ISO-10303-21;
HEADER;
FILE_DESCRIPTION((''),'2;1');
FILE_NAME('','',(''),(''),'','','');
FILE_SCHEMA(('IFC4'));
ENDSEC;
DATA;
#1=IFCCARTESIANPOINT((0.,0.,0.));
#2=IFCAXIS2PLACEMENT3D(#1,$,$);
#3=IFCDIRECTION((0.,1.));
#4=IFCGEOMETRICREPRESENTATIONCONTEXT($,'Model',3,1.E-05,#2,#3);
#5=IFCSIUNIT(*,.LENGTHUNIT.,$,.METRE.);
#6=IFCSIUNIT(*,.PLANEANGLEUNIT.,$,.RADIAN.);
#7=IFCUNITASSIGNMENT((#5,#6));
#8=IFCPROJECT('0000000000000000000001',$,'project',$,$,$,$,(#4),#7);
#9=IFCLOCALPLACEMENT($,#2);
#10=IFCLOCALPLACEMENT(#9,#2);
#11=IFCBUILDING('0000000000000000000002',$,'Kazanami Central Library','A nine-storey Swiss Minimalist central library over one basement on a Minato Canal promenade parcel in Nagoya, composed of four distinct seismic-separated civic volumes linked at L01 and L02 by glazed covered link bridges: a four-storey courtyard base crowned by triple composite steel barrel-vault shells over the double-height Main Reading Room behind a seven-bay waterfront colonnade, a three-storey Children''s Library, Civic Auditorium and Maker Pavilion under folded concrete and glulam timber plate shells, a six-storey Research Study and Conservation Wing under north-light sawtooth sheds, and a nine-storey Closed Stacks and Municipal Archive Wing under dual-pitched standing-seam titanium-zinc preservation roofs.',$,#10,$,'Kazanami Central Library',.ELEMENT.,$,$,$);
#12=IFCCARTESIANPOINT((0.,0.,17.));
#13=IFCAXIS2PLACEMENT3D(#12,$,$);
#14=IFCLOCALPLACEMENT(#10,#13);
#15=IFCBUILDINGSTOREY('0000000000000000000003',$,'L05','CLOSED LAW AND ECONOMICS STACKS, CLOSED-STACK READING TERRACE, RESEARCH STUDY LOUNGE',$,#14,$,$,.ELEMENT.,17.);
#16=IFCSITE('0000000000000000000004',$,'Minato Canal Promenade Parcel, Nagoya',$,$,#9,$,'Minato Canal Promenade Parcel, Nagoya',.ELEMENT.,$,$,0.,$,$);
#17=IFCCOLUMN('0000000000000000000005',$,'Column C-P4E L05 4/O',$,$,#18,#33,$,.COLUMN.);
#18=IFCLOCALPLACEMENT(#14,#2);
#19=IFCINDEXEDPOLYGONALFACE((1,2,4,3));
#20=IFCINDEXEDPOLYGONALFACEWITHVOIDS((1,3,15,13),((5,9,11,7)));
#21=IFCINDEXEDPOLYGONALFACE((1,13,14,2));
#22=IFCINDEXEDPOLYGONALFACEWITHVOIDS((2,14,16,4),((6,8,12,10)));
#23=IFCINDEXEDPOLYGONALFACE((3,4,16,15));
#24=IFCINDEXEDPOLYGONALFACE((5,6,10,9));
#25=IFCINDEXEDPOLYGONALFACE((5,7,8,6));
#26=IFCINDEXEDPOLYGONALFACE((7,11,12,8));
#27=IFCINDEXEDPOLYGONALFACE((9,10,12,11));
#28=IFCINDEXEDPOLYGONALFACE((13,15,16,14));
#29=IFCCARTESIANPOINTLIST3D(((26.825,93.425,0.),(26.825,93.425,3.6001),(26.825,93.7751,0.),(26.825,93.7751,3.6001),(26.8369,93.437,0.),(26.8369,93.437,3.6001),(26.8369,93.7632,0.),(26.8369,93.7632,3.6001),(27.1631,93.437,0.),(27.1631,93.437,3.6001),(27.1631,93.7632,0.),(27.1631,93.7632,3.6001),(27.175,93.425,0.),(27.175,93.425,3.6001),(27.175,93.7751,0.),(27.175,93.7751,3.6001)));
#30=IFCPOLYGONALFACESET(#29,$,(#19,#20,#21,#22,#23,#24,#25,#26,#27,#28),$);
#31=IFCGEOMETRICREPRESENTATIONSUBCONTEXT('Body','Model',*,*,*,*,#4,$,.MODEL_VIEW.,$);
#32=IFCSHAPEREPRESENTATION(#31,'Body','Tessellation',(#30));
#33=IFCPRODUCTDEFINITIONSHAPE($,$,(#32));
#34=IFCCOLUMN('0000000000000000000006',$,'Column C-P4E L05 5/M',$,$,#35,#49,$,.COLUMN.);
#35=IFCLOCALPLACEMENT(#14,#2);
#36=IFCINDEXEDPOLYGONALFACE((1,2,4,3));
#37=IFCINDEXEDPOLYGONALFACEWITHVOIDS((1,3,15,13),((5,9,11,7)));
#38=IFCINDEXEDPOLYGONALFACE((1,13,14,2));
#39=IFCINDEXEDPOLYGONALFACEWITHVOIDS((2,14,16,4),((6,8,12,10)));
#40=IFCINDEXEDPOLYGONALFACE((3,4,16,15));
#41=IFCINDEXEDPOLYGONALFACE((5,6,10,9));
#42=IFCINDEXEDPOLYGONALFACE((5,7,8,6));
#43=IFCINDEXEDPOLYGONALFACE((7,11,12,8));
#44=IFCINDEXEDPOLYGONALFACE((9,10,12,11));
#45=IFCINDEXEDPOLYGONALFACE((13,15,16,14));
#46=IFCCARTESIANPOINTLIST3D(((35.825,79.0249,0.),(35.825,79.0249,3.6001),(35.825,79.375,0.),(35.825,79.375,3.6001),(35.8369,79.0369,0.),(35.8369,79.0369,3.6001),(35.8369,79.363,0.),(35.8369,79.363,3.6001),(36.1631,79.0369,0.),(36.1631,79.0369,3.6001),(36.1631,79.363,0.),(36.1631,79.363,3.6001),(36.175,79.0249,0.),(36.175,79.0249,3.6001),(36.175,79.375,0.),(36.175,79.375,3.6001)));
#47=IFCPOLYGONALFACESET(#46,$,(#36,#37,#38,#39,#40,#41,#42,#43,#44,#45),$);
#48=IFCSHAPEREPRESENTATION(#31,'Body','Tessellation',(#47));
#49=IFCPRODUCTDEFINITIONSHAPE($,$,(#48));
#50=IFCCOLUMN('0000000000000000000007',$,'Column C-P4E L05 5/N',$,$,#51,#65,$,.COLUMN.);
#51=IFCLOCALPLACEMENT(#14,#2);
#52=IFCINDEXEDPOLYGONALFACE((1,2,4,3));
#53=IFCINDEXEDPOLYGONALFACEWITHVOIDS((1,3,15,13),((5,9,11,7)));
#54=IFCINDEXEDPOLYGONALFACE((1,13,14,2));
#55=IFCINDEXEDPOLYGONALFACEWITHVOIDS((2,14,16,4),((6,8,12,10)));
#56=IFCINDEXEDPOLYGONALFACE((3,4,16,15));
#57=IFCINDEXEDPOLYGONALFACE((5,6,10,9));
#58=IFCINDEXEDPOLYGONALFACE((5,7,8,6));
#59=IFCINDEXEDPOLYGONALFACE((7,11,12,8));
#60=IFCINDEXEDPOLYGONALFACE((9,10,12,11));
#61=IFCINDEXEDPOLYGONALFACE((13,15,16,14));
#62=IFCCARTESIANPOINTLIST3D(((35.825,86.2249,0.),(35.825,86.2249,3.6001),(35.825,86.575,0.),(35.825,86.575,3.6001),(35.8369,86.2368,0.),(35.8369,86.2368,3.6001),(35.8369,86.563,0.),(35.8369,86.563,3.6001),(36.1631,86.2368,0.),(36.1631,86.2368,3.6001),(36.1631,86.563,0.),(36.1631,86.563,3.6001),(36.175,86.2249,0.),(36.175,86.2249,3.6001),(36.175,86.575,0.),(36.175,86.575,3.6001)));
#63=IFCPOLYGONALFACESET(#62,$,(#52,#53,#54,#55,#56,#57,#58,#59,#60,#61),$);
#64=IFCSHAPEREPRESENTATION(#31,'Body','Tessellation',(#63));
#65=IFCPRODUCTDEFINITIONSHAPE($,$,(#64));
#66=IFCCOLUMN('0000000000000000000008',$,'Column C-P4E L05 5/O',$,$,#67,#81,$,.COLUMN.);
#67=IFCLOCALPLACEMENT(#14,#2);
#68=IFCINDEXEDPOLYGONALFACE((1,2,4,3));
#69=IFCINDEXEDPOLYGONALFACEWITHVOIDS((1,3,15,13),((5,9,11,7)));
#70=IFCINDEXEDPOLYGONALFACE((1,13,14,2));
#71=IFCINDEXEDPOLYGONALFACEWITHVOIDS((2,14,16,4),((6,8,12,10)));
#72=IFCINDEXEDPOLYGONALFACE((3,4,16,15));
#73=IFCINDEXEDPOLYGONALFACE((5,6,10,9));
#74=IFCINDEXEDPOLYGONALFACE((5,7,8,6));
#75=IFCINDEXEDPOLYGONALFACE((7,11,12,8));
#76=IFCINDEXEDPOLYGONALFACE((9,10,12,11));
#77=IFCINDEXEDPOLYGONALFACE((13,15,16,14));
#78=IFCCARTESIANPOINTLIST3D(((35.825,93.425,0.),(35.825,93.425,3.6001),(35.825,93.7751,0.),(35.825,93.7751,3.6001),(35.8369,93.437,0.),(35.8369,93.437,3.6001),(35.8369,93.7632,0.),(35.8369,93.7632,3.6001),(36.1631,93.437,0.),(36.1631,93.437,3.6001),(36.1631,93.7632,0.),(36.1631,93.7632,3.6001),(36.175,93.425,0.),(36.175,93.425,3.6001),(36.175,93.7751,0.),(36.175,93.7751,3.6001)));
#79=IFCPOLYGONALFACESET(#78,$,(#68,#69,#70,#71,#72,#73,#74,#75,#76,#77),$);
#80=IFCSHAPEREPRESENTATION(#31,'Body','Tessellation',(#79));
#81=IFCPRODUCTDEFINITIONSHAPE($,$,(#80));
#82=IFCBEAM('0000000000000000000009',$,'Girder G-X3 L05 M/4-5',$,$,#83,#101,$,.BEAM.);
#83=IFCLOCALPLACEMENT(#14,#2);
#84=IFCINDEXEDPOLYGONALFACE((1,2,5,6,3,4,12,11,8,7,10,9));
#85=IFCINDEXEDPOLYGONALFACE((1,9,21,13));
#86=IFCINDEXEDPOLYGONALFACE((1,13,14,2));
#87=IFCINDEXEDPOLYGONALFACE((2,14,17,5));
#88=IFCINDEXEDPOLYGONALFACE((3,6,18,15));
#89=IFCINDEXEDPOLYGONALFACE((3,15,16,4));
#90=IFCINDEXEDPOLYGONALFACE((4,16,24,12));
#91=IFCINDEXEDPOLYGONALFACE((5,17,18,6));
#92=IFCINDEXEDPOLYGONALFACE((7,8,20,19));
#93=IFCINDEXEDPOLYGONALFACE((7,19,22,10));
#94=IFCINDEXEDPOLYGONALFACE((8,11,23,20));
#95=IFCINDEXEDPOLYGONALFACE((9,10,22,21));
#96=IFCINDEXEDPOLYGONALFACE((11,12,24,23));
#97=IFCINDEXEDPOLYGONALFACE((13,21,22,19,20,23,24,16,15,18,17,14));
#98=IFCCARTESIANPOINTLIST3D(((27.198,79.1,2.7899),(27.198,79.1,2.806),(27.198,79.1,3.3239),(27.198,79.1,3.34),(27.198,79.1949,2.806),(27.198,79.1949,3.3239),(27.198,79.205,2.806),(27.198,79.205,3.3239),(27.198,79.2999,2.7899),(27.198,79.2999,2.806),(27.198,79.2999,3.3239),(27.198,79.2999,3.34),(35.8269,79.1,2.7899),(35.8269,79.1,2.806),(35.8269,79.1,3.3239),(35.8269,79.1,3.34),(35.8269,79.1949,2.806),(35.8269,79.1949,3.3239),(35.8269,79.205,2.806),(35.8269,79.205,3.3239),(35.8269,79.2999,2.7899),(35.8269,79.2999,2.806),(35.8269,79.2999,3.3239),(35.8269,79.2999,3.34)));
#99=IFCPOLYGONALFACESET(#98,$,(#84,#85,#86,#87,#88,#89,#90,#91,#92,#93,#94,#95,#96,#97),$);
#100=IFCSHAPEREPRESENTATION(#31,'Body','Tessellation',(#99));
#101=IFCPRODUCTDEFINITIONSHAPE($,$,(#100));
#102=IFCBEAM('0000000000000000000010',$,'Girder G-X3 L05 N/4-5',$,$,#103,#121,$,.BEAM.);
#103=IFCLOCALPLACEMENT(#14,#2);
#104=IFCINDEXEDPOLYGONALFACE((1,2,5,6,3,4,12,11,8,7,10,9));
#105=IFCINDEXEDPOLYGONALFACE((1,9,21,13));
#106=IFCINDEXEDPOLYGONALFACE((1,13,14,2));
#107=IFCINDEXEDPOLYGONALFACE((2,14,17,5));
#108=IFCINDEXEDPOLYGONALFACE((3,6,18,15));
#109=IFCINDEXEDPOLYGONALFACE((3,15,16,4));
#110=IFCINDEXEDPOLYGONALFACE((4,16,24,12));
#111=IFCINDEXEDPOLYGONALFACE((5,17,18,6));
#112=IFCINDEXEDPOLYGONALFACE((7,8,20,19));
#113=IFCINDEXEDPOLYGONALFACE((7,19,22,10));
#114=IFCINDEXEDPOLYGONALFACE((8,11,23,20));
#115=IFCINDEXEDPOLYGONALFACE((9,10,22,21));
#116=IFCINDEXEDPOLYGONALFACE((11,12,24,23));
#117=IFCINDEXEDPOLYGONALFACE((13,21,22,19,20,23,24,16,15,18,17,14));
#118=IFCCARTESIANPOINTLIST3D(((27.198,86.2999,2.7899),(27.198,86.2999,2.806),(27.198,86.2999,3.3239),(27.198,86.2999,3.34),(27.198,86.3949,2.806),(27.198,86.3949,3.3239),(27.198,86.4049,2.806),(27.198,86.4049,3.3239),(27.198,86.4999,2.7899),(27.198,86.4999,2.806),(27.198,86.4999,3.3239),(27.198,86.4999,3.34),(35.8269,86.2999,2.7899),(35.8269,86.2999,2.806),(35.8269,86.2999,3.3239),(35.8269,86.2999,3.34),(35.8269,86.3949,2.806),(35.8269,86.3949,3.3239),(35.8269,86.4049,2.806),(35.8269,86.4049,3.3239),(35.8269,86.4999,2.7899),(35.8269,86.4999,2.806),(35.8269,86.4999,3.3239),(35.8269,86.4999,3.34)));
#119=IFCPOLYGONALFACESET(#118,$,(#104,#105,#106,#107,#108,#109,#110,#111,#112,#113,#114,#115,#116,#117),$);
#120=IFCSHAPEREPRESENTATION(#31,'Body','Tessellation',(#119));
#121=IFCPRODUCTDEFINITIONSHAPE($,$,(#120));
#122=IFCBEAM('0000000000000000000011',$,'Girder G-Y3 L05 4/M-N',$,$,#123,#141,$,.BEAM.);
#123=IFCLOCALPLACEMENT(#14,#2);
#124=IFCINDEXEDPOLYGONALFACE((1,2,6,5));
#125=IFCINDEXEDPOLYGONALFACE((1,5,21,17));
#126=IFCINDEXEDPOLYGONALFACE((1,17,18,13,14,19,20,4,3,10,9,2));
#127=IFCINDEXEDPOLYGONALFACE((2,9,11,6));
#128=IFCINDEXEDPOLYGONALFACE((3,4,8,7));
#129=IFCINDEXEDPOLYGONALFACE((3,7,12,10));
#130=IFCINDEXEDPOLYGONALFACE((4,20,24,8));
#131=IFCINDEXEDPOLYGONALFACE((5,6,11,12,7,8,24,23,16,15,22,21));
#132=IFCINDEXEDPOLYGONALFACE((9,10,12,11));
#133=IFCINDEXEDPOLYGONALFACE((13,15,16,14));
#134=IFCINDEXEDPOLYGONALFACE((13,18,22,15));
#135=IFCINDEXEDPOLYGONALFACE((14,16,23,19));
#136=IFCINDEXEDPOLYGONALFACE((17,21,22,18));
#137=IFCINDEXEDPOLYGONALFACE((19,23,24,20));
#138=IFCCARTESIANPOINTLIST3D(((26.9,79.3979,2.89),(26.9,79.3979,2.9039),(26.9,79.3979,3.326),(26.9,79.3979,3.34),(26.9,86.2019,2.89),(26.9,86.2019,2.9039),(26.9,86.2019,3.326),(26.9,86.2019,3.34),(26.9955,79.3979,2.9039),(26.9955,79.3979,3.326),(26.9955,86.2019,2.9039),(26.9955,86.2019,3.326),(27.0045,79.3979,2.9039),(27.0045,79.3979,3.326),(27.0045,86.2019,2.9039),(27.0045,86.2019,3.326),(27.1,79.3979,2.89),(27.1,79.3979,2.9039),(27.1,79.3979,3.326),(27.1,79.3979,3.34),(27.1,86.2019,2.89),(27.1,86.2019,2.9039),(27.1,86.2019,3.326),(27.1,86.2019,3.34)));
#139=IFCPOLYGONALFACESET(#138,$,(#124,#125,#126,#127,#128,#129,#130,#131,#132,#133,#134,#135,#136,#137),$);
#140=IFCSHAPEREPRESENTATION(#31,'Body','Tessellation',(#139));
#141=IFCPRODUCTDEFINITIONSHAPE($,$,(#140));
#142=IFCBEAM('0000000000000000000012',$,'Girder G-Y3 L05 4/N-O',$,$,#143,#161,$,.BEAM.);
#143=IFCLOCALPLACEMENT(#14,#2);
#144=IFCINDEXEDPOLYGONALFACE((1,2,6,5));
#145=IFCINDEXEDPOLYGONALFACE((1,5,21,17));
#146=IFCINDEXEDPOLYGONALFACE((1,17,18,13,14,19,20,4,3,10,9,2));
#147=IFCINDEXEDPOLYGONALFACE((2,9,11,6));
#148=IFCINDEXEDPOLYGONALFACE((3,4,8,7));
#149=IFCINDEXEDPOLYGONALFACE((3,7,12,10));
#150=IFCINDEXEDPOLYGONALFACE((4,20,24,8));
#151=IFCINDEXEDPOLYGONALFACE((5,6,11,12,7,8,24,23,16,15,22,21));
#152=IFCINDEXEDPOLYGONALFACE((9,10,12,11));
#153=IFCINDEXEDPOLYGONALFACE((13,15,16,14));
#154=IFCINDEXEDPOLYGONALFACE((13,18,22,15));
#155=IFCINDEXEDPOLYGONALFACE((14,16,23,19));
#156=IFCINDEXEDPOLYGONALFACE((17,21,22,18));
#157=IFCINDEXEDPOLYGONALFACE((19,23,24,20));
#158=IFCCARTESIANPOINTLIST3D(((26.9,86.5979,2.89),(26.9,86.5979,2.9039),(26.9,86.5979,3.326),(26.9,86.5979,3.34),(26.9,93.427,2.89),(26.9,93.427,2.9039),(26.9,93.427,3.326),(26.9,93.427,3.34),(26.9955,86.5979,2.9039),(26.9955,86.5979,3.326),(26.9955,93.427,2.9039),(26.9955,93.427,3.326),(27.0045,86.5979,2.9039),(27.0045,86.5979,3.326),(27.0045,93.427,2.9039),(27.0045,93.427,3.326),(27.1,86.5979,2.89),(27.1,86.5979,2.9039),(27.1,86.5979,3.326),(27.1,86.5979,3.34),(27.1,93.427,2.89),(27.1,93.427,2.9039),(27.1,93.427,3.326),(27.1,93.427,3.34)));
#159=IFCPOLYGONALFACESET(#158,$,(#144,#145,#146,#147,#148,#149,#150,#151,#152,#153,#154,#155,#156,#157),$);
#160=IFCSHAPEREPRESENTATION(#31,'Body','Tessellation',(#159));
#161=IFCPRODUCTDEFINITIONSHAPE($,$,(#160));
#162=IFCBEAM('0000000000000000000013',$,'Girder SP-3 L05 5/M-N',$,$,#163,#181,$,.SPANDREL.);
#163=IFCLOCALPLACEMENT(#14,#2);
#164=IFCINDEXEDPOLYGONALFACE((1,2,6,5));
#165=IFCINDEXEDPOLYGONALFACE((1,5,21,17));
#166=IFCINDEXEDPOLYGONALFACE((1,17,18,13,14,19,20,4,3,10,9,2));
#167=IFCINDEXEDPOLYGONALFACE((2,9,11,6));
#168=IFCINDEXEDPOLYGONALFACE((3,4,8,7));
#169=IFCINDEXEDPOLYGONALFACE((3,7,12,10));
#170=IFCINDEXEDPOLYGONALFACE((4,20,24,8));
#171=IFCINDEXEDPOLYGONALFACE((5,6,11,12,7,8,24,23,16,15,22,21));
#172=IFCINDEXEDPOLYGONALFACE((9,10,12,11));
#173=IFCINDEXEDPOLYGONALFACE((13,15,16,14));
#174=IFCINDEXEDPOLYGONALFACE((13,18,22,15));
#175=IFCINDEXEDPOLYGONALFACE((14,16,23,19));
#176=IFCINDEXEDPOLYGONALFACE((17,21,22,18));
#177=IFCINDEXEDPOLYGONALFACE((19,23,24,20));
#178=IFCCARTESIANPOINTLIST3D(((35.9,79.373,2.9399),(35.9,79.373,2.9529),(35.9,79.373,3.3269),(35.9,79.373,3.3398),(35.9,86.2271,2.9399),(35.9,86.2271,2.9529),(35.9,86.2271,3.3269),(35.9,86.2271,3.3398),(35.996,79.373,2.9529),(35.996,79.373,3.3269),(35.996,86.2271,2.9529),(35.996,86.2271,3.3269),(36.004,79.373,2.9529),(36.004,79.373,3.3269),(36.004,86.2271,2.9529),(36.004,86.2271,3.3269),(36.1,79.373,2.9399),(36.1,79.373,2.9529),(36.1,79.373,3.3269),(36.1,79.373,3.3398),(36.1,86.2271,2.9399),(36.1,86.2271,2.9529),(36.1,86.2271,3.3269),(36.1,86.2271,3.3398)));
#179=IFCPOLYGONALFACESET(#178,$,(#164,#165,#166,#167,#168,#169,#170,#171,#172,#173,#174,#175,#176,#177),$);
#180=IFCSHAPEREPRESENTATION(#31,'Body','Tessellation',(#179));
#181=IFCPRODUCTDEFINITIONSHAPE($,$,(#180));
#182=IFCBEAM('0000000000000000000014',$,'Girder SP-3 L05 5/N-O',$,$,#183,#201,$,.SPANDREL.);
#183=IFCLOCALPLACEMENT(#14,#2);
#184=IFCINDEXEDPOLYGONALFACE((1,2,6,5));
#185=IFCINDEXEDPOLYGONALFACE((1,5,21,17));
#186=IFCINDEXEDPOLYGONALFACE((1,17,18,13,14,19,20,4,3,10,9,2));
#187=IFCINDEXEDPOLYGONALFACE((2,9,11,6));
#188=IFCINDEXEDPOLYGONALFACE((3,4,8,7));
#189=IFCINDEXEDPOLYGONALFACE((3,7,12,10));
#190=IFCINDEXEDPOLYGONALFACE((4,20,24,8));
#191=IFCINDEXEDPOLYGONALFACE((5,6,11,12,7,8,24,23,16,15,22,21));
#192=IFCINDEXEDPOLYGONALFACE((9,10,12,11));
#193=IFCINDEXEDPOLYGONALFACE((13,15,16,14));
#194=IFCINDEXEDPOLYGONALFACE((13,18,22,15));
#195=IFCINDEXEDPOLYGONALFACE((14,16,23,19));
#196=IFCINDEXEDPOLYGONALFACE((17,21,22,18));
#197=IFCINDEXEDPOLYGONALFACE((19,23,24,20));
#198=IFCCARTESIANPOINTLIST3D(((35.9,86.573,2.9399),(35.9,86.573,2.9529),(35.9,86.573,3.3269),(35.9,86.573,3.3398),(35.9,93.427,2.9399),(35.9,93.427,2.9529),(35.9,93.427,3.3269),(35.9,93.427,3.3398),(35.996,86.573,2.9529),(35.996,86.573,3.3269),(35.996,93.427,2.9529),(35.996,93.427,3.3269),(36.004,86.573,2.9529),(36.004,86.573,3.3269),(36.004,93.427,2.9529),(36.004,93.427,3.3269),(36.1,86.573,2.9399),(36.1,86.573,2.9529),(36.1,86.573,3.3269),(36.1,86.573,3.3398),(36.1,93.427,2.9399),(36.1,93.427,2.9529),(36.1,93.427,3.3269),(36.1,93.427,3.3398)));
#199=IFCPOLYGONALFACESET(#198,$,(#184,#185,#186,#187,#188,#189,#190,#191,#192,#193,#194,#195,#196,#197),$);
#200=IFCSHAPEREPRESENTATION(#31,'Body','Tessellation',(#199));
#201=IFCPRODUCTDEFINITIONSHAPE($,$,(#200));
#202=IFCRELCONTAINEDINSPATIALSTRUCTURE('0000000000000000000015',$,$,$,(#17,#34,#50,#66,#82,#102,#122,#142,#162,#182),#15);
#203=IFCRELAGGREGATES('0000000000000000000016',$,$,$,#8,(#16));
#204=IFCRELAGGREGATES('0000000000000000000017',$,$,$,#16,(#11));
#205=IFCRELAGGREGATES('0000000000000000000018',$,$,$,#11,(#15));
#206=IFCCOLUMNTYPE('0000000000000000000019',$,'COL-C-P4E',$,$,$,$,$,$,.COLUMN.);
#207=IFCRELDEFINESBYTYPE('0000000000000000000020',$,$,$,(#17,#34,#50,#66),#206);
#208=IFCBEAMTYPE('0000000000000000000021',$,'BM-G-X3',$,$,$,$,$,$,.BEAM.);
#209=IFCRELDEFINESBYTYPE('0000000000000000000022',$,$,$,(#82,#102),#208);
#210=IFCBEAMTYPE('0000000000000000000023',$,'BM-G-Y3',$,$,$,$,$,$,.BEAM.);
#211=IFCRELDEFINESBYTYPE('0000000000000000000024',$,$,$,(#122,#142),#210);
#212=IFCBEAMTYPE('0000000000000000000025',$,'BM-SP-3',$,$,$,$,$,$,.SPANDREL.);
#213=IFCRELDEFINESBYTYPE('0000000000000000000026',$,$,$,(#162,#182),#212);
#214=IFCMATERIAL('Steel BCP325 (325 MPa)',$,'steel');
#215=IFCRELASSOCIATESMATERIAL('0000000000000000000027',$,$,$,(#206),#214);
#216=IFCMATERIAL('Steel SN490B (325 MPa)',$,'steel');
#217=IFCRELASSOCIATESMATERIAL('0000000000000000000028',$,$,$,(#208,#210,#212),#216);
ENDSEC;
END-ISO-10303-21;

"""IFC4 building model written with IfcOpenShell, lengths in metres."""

from ifc_helpers import new_model, si_unit, direction, frame, origin, origin_2d, place, context, subcontext, project, spatial, hollow_rectangle, i_section, extrude, material, material_profile, profile_set, type_object, element, save


model = new_model("IFC4")

# Units and contexts
model_context = context("Model", 3, precision=1e-05, world=origin(), true_north=direction((0.0, 1.0)))
body_context = subcontext(model_context, "Body", "Model", "MODEL_VIEW")
ifc_project = project(units=[si_unit("LENGTHUNIT", "METRE"), si_unit("PLANEANGLEUNIT", "RADIAN")], contexts=[model_context])

# Site, building, storey
site_placement = place(None, origin())
site = spatial("IfcSite", under=ifc_project, at=site_placement, Name="Minato Canal Promenade Parcel, Nagoya", LongName="Minato Canal Promenade Parcel, Nagoya", CompositionType="ELEMENT", RefElevation=0.0)
building_placement = place(site_placement, origin())
building = spatial("IfcBuilding", under=site, at=building_placement, Name="Kazanami Central Library", Description="A nine-storey Swiss Minimalist central library over one basement on a Minato Canal promenade parcel in Nagoya, composed of four distinct seismic-separated civic volumes linked at L01 and L02 by glazed covered link bridges: a four-storey courtyard base crowned by triple composite steel barrel-vault shells over the double-height Main Reading Room behind a seven-bay waterfront colonnade, a three-storey Children's Library, Civic Auditorium and Maker Pavilion under folded concrete and glulam timber plate shells, a six-storey Research Study and Conservation Wing under north-light sawtooth sheds, and a nine-storey Closed Stacks and Municipal Archive Wing under dual-pitched standing-seam titanium-zinc preservation roofs.", LongName="Kazanami Central Library", CompositionType="ELEMENT")
storey_placement = place(building_placement, frame((0.0, 0.0, 17.0)))
storey = spatial("IfcBuildingStorey", under=building, at=storey_placement, Name="L05", Description="CLOSED LAW AND ECONOMICS STACKS, CLOSED-STACK READING TERRACE, RESEARCH STUDY LOUNGE", CompositionType="ELEMENT", Elevation=17.0)

# Columns
ifc_material_1 = material(Name="Steel BCP325 (325 MPa)", Category="steel")
ifc_material_profile_1 = material_profile(ifc_material_1, hollow_rectangle(XDim=0.3501, YDim=0.3501, WallThickness=0.012, at=origin_2d()), Name="STKR-350x350x12")
ifc_profile_set_1 = profile_set([ifc_material_profile_1], Name="Steel BCP325 (325 MPa)")
column_type = type_object("IfcColumnType", Name="COL-C-P4E", PredefinedType="COLUMN", material=ifc_profile_set_1)
for number, where, z_axis, x_axis, name in (
    (1, (27.0, 93.6001, 0.0), (0.0, 0.0, 1.0), (1.0, 0.0, 0.0), "Column C-P4E L05 4/O"),
    (2, (36.0, 79.2, 0.0), (0.0, 0.0, 1.0), (1.0, 0.0, 0.0), "Column C-P4E L05 5/M"),
    (3, (36.0, 86.3999, 0.0), (0.0, 0.0, 1.0), (1.0, 0.0, 0.0), "Column C-P4E L05 5/N"),
    (4, (36.0, 93.6001, 0.0), (0.0, 0.0, 1.0), (1.0, 0.0, 0.0), "Column C-P4E L05 5/O"),
):
    element("IfcColumn", number, at=place(storey_placement, frame(where, z_axis=z_axis, x_axis=x_axis)), inside=storey, type_object=column_type, Name=name, PredefinedType="COLUMN", context=body_context, shape_type="SweptSolid", body=[
        extrude(hollow_rectangle(XDim=0.3501, YDim=0.3501, WallThickness=0.012, at=origin_2d()), origin(), (0.0, 0.0, 1.0), 3.6001),
    ])

# Beams
ifc_material_2 = material(Name="Steel SN490B (325 MPa)", Category="steel")
ifc_material_profile_2 = material_profile(ifc_material_2, i_section(OverallWidth=0.2, OverallDepth=0.55, WebThickness=0.01, FlangeThickness=0.0161, at=origin_2d()), Name="H-550x200x10x16")
ifc_profile_set_2 = profile_set([ifc_material_profile_2], Name="Steel SN490B (325 MPa)")
beam_type_1 = type_object("IfcBeamType", Name="BM-G-X3", PredefinedType="BEAM", material=ifc_profile_set_2)
for number, where, z_axis, x_axis, name in (
    (5, (27.198, 79.2, 3.0649), (1.0, 0.0, 0.0), (0.0, 1.0, 0.0), "Girder G-X3 L05 M/4-5"),
    (6, (27.198, 86.3999, 3.0649), (1.0, 0.0, 0.0), (0.0, 1.0, 0.0), "Girder G-X3 L05 N/4-5"),
):
    element("IfcBeam", number, at=place(storey_placement, frame(where, z_axis=z_axis, x_axis=x_axis)), inside=storey, type_object=beam_type_1, Name=name, PredefinedType="BEAM", context=body_context, shape_type="SweptSolid", body=[
        extrude(i_section(OverallWidth=0.2, OverallDepth=0.55, WebThickness=0.01, FlangeThickness=0.0161, at=origin_2d()), origin(), (0.0, 0.0, 1.0), 8.6289),
    ])
ifc_material_profile_3 = material_profile(ifc_material_2, i_section(OverallWidth=0.2, OverallDepth=0.45, WebThickness=0.009, FlangeThickness=0.0139, at=origin_2d()), Name="H-450x200x9x14")
ifc_profile_set_3 = profile_set([ifc_material_profile_3], Name="Steel SN490B (325 MPa)")
beam_type_2 = type_object("IfcBeamType", Name="BM-G-Y3", PredefinedType="BEAM", material=ifc_profile_set_3)
beam_1_placement = place(storey_placement, frame((27.0, 79.3979, 3.115), z_axis=(0.0, 1.0, 0.0), x_axis=(-1.0, 0.0, 0.0)))
element("IfcBeam", 7, at=beam_1_placement, inside=storey, type_object=beam_type_2, Name="Girder G-Y3 L05 4/M-N", PredefinedType="BEAM", context=body_context, shape_type="SweptSolid", body=[
    extrude(i_section(OverallWidth=0.2, OverallDepth=0.45, WebThickness=0.009, FlangeThickness=0.0139, at=origin_2d()), origin(), (0.0, 0.0, 1.0), 6.804),
])
beam_2_placement = place(storey_placement, frame((27.0, 86.5979, 3.115), z_axis=(0.0, 1.0, 0.0), x_axis=(-1.0, 0.0, 0.0)))
element("IfcBeam", 8, at=beam_2_placement, inside=storey, type_object=beam_type_2, Name="Girder G-Y3 L05 4/N-O", PredefinedType="BEAM", context=body_context, shape_type="SweptSolid", body=[
    extrude(i_section(OverallWidth=0.2, OverallDepth=0.45, WebThickness=0.009, FlangeThickness=0.0139, at=origin_2d()), origin(), (0.0, 0.0, 1.0), 6.8291),
])
ifc_material_profile_4 = material_profile(ifc_material_2, i_section(OverallWidth=0.2, OverallDepth=0.3999, WebThickness=0.0081, FlangeThickness=0.0129, at=origin_2d()), Name="H-400x200x8x13")
ifc_profile_set_4 = profile_set([ifc_material_profile_4], Name="Steel SN490B (325 MPa)")
beam_type_3 = type_object("IfcBeamType", Name="BM-SP-3", PredefinedType="SPANDREL", material=ifc_profile_set_4)
for number, where, z_axis, x_axis, name in (
    (9, (36.0, 79.373, 3.1399), (0.0, 1.0, 0.0), (-1.0, 0.0, 0.0), "Girder SP-3 L05 5/M-N"),
    (10, (36.0, 86.573, 3.1399), (0.0, 1.0, 0.0), (-1.0, 0.0, 0.0), "Girder SP-3 L05 5/N-O"),
):
    element("IfcBeam", number, at=place(storey_placement, frame(where, z_axis=z_axis, x_axis=x_axis)), inside=storey, type_object=beam_type_3, Name=name, PredefinedType="SPANDREL", context=body_context, shape_type="SweptSolid", body=[
        extrude(i_section(OverallWidth=0.2, OverallDepth=0.3999, WebThickness=0.0081, FlangeThickness=0.0129, at=origin_2d()), origin(), (0.0, 0.0, 1.0), 6.854),
    ])

save(model, "model.ifc")
